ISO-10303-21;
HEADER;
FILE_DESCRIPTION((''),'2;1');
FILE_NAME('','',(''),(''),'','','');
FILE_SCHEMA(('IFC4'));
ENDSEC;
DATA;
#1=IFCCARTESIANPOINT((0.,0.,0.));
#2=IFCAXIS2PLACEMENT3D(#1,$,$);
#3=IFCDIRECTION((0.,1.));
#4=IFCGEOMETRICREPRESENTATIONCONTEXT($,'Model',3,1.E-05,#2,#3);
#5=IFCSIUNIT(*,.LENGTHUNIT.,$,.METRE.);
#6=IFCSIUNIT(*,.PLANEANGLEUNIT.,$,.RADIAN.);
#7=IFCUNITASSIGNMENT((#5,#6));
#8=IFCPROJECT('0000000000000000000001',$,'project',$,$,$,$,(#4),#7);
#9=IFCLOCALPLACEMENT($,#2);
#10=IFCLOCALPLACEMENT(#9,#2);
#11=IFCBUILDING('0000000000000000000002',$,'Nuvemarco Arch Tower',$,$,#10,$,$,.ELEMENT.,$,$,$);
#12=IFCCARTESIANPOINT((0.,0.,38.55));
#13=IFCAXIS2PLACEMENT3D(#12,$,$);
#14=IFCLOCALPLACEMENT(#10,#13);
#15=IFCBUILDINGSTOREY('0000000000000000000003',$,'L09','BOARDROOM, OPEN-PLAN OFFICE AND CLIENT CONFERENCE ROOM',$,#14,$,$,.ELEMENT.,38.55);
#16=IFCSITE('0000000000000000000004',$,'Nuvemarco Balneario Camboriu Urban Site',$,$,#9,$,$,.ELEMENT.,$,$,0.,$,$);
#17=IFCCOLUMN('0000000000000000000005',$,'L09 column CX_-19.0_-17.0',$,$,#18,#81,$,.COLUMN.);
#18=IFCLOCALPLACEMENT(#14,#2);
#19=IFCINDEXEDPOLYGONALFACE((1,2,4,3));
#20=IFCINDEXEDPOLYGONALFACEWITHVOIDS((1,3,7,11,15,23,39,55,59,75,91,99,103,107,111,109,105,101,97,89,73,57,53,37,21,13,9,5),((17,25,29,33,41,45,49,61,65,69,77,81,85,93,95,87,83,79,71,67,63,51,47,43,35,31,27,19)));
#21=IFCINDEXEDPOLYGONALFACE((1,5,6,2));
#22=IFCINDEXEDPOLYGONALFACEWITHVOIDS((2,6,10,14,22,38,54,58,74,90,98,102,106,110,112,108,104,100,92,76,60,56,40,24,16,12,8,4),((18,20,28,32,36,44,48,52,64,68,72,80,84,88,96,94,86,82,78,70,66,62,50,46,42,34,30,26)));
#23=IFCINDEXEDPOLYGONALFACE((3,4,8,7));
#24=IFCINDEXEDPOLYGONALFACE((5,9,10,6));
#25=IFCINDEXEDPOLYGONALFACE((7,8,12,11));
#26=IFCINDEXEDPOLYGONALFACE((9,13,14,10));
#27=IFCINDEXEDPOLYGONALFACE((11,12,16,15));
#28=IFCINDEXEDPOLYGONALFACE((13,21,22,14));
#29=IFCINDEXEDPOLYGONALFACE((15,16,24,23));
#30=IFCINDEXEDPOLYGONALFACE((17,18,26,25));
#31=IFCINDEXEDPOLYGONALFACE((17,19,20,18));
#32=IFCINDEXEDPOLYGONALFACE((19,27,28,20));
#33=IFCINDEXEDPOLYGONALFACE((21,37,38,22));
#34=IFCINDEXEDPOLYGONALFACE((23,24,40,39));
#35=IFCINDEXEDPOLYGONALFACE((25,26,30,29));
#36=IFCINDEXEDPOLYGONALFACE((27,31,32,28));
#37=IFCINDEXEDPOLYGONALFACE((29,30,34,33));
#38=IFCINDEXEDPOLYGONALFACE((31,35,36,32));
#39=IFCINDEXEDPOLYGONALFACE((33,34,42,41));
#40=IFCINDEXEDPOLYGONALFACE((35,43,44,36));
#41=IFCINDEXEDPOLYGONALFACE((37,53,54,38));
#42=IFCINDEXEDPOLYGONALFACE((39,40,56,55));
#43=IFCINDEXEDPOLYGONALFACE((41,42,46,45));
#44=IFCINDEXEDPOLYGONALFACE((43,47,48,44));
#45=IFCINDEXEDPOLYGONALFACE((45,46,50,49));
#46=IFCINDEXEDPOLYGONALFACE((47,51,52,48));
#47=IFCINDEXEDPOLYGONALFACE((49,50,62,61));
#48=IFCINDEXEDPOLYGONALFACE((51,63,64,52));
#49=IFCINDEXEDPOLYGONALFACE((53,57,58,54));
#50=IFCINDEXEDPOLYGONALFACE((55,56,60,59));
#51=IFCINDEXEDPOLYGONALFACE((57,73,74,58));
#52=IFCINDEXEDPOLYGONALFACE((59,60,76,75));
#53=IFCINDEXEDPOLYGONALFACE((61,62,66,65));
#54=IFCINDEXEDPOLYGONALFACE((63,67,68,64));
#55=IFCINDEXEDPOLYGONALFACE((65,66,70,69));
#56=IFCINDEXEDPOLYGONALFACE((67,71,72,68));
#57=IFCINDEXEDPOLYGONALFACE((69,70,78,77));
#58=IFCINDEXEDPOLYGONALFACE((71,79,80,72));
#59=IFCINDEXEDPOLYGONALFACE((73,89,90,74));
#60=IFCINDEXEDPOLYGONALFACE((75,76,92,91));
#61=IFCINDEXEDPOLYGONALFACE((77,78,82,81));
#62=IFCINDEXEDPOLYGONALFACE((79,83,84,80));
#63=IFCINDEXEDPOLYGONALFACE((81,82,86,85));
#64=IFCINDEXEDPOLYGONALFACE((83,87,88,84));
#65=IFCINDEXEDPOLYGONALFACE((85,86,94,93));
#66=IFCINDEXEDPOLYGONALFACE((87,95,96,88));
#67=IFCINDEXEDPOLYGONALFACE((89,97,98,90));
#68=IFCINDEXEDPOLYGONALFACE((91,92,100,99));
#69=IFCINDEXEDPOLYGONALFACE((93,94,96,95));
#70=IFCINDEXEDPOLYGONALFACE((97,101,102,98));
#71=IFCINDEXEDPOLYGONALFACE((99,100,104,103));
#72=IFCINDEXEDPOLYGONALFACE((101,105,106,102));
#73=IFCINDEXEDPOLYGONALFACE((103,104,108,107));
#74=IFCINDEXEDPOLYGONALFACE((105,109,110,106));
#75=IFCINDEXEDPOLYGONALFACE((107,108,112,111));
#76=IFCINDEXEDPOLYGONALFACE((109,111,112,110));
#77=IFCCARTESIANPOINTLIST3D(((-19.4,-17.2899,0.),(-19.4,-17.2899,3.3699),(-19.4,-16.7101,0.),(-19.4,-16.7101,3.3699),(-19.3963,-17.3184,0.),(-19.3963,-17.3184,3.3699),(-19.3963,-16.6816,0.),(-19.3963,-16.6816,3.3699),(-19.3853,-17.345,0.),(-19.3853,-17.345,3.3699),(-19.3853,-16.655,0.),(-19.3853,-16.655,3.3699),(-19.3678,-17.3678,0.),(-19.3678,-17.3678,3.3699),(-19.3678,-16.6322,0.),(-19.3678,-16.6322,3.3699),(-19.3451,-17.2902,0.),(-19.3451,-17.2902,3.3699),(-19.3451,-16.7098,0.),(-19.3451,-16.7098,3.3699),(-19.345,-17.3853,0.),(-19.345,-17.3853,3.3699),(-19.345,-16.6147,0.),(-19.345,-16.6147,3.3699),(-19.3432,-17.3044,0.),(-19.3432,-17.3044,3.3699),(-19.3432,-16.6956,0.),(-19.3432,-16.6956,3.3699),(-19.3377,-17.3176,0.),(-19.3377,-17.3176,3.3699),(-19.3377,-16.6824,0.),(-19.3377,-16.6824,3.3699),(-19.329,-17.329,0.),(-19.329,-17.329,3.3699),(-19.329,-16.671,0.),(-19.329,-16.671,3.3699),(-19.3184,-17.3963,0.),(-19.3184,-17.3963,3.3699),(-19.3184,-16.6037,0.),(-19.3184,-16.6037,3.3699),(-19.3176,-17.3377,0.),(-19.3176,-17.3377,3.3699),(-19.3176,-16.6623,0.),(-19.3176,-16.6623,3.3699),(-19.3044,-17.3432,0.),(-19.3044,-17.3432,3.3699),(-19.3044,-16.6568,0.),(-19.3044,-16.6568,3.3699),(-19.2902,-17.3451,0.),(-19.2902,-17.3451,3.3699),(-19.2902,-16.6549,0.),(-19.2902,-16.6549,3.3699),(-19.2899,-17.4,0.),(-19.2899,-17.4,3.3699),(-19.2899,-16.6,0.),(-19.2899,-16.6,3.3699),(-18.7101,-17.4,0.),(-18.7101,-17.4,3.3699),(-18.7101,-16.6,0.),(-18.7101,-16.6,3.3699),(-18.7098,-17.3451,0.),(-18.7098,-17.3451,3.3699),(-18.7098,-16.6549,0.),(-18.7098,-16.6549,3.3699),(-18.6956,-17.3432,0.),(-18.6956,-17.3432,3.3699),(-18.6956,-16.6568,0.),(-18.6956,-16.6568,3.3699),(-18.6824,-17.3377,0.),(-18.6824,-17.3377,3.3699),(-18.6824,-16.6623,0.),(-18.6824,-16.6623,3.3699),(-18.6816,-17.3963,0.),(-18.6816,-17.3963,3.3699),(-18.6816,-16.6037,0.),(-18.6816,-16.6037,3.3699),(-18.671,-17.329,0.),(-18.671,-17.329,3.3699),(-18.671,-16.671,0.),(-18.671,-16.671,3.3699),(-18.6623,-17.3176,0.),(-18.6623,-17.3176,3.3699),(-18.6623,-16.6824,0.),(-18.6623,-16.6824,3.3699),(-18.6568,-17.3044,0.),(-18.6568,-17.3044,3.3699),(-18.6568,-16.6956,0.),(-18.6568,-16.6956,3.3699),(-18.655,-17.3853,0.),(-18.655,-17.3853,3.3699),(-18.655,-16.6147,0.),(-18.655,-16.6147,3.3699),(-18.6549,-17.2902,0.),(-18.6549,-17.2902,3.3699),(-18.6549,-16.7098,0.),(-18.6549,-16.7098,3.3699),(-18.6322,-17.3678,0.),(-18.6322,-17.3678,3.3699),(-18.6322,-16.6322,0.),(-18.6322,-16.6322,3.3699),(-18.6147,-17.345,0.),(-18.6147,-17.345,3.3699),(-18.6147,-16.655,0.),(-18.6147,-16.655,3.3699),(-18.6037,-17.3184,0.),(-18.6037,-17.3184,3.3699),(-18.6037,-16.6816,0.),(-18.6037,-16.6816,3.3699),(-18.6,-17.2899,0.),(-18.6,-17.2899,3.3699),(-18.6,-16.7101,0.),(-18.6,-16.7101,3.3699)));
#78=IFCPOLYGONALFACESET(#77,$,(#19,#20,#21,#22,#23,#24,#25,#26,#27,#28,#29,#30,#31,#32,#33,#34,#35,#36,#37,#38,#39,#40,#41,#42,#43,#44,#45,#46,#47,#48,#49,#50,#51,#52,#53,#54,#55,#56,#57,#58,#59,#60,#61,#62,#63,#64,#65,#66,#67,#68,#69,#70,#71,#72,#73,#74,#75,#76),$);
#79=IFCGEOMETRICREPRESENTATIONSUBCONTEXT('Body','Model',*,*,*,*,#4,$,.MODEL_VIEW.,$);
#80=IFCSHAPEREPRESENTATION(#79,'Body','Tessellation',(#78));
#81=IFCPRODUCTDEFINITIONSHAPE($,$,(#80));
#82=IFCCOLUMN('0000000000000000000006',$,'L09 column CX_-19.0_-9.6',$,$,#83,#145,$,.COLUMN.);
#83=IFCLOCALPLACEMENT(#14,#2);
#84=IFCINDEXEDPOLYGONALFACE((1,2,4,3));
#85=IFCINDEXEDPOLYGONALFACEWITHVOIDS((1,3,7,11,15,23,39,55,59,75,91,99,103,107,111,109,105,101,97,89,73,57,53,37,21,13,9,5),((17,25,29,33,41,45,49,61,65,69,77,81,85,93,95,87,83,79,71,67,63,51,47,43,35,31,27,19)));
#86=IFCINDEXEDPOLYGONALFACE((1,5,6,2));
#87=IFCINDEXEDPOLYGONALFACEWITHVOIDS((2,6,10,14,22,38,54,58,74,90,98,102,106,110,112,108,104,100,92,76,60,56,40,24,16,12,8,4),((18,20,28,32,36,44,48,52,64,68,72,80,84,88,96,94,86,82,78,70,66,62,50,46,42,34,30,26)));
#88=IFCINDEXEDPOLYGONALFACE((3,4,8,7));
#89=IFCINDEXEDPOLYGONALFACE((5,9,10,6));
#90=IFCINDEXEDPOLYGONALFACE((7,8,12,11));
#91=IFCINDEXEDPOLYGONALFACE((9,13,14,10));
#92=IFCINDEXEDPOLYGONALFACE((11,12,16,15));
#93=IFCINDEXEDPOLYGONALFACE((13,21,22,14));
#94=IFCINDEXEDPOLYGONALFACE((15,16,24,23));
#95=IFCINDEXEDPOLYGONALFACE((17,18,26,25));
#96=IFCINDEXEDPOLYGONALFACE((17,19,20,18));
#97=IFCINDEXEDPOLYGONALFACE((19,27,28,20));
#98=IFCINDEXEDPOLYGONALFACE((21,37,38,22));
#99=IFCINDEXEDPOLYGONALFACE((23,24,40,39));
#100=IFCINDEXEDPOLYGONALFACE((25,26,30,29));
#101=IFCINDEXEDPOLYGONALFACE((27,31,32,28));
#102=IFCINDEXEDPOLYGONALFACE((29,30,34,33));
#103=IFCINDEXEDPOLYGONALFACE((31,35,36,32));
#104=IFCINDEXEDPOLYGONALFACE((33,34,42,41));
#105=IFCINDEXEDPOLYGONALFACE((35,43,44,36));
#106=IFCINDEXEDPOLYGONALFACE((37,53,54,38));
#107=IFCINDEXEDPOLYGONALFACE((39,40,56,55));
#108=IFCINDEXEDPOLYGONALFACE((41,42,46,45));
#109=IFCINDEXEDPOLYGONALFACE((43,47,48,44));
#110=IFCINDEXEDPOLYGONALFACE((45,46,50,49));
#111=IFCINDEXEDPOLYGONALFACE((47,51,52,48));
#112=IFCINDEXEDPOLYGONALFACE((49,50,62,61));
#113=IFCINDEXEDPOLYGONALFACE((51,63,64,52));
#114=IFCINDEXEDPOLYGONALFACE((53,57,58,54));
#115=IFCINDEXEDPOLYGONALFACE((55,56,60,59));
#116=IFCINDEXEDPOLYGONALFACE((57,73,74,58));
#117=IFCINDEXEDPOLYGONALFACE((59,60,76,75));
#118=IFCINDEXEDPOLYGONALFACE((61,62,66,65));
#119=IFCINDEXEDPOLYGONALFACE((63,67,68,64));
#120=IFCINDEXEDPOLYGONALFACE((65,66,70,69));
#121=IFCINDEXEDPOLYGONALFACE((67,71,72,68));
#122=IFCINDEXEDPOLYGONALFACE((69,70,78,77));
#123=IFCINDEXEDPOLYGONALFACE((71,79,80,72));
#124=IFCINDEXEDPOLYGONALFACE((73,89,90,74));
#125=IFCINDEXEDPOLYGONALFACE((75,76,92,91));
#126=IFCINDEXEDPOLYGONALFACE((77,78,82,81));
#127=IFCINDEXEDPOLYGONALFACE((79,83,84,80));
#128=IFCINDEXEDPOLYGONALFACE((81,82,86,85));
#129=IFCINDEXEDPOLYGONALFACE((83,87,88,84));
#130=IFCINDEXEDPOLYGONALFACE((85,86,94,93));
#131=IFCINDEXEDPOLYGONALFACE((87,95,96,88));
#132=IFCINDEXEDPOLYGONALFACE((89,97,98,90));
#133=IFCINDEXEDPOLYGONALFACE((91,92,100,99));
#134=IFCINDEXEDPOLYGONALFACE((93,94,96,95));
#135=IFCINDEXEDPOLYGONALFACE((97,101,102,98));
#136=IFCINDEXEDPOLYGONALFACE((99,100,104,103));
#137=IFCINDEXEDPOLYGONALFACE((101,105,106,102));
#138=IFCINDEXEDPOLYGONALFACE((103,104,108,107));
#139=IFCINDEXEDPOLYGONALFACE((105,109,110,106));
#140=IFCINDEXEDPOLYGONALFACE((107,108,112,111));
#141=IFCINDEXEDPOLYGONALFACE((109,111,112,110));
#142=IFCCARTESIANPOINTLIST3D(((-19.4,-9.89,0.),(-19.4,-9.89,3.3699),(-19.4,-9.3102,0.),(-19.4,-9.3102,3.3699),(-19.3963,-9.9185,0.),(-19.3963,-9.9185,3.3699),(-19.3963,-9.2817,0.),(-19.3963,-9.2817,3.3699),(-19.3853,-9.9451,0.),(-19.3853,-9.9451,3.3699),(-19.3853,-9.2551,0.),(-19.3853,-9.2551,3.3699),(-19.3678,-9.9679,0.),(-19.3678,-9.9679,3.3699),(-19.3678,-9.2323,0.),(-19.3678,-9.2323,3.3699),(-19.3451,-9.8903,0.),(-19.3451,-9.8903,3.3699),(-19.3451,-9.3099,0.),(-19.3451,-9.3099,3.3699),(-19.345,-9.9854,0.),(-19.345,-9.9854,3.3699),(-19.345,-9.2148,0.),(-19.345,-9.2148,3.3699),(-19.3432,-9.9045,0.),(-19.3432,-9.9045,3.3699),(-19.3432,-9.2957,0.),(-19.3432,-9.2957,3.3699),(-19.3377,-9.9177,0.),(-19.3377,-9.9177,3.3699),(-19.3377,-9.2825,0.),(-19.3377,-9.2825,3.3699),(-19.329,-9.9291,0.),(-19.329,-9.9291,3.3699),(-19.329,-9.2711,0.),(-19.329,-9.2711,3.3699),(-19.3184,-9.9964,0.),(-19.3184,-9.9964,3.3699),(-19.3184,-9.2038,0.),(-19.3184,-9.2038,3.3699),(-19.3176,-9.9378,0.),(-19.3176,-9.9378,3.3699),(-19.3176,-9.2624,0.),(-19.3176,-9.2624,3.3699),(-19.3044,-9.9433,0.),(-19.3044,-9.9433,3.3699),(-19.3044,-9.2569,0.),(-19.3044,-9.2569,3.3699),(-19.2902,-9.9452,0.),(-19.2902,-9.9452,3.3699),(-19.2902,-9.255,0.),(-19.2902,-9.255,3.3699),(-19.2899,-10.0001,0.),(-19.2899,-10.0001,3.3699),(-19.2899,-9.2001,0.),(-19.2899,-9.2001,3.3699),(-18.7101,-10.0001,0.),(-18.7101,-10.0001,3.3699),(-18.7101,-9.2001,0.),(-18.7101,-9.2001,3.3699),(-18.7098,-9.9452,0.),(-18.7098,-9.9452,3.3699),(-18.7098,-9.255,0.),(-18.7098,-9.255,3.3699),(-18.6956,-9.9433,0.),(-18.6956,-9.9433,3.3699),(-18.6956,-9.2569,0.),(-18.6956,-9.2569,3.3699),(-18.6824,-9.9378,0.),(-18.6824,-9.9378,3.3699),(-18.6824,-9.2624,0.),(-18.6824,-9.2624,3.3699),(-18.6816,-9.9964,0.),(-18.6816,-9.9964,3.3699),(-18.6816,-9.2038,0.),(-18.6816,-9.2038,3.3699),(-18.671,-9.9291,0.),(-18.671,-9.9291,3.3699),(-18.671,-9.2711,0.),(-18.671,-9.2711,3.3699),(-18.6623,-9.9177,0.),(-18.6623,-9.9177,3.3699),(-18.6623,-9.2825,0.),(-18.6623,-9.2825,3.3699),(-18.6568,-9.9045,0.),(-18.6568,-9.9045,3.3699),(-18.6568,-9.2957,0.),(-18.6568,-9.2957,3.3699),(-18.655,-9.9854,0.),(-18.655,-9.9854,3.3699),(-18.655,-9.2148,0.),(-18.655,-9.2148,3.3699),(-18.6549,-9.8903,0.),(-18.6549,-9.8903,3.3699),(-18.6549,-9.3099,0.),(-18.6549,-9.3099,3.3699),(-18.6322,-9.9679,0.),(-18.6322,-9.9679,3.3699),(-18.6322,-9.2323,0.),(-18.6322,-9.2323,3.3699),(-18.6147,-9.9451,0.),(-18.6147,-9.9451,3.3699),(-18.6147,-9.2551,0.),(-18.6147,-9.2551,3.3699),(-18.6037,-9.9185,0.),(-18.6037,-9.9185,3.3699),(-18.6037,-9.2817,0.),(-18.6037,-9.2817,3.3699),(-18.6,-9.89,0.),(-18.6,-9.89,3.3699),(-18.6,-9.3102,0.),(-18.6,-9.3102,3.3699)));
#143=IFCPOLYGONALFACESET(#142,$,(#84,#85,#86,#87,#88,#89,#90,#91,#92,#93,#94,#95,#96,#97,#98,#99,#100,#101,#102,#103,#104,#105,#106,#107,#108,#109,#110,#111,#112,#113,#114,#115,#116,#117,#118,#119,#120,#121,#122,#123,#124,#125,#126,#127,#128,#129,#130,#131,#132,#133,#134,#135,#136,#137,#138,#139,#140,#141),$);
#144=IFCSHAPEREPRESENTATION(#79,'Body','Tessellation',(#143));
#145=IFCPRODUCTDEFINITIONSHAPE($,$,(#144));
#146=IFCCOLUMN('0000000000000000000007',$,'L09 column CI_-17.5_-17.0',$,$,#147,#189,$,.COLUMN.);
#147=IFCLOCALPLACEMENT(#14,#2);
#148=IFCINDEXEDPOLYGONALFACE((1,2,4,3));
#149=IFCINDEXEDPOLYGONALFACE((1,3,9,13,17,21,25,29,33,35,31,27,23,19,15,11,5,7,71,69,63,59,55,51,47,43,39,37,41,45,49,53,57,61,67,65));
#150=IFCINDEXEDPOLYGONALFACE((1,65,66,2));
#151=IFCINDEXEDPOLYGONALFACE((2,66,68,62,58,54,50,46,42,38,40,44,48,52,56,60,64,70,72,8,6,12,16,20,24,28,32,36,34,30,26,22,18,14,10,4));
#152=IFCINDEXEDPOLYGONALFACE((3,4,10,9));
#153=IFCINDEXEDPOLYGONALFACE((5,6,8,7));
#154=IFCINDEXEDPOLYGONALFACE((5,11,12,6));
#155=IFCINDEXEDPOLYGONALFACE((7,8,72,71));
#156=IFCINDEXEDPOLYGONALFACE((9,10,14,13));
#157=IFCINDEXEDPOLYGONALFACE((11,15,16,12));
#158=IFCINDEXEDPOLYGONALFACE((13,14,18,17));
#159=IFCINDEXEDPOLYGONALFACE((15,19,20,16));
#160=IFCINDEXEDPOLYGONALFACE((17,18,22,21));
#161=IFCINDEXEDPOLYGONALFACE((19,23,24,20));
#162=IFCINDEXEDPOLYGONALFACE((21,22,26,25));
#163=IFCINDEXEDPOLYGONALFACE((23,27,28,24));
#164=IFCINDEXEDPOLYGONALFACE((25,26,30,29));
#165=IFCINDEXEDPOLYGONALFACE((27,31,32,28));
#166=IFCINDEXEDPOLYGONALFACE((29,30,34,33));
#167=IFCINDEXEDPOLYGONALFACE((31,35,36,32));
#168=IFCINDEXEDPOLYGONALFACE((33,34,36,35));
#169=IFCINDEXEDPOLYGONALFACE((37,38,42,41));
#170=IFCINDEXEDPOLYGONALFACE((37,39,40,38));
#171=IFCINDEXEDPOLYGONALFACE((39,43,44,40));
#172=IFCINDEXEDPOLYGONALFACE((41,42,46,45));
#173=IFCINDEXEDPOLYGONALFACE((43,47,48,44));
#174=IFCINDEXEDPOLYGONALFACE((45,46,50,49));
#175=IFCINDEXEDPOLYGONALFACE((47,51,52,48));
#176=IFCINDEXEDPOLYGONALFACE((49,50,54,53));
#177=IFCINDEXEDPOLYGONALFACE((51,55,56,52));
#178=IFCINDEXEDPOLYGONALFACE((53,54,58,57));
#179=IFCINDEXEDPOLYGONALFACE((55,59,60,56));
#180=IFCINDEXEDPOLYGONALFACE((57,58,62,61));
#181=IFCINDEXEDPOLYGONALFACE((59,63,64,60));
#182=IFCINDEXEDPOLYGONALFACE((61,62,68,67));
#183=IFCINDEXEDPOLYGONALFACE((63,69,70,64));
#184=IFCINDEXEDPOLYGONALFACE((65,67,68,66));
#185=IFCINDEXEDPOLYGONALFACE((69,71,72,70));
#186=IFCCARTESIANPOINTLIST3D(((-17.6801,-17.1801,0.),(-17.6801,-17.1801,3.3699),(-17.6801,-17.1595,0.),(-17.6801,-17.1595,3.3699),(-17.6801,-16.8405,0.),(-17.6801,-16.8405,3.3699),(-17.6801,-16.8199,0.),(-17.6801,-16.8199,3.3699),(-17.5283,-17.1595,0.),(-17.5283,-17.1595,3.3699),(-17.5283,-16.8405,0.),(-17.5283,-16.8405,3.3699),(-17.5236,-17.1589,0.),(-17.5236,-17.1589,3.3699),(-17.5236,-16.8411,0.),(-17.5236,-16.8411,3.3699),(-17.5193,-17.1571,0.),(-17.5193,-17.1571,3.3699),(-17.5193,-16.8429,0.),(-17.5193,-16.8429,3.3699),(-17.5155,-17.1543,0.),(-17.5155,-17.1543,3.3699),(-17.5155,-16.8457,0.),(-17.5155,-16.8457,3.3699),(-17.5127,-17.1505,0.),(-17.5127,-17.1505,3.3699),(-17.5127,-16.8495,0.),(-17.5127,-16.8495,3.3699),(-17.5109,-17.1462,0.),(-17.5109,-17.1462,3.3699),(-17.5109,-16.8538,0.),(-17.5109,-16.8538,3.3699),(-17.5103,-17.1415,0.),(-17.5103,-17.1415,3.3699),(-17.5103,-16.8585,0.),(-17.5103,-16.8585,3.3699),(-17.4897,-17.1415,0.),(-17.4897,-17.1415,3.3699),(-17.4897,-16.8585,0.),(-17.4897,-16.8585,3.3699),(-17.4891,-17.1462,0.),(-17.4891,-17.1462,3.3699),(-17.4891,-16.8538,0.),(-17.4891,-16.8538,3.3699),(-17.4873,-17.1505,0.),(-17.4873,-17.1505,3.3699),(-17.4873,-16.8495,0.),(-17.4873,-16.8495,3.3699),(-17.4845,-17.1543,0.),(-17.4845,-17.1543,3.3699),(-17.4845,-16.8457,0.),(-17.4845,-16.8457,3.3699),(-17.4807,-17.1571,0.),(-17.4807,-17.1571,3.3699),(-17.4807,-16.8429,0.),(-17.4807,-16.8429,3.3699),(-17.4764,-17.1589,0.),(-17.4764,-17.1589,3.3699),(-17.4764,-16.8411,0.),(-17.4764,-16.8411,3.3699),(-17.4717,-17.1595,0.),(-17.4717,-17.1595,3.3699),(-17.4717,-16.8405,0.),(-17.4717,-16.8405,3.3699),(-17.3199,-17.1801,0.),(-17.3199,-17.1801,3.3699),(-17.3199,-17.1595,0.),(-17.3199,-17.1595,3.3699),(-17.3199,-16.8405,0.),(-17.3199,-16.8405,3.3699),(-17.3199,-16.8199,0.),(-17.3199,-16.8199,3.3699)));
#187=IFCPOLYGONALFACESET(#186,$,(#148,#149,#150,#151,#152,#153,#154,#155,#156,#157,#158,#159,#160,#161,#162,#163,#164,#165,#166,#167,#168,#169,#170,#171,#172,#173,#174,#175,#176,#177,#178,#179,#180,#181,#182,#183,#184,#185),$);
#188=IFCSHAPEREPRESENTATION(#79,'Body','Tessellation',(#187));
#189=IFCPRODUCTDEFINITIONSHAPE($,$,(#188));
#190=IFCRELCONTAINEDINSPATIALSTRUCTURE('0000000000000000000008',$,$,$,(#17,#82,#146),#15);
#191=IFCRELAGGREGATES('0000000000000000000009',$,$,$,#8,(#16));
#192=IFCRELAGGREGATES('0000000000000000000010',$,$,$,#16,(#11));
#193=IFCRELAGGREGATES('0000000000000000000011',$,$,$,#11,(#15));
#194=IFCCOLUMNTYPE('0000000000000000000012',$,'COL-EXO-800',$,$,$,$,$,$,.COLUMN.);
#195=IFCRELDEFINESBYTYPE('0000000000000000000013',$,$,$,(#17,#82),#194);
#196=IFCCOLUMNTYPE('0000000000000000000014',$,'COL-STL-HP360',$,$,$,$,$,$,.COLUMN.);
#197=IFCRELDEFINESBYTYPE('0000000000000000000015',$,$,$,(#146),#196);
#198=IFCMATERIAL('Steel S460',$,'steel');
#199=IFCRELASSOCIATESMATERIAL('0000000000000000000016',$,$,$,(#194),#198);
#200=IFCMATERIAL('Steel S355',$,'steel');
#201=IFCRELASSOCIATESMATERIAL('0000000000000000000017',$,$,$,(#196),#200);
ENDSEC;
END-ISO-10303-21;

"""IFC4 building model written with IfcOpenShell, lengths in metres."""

from ifc_helpers import new_model, si_unit, direction, frame, origin, origin_2d, place, context, subcontext, project, spatial, hollow_rectangle, i_section, extrude, material, material_profile, profile_set, type_object, element, save


model = new_model("IFC4")

# Units and contexts
model_context = context("Model", 3, precision=1e-05, world=origin(), true_north=direction((0.0, 1.0)))
body_context = subcontext(model_context, "Body", "Model", "MODEL_VIEW")
ifc_project = project(units=[si_unit("LENGTHUNIT", "METRE"), si_unit("PLANEANGLEUNIT", "RADIAN")], contexts=[model_context])

# Site, building, storey
site_placement = place(None, origin())
site = spatial("IfcSite", under=ifc_project, at=site_placement, Name="Nuvemarco Balneario Camboriu Urban Site", CompositionType="ELEMENT", RefElevation=0.0)
building_placement = place(site_placement, origin())
building = spatial("IfcBuilding", under=site, at=building_placement, Name="Nuvemarco Arch Tower", CompositionType="ELEMENT")
storey_placement = place(building_placement, frame((0.0, 0.0, 38.55)))
storey = spatial("IfcBuildingStorey", under=building, at=storey_placement, Name="L09", Description="BOARDROOM, OPEN-PLAN OFFICE AND CLIENT CONFERENCE ROOM", CompositionType="ELEMENT", Elevation=38.55)

# Columns
ifc_material_1 = material(Name="Steel S460", Category="steel")
ifc_material_profile_1 = material_profile(ifc_material_1, hollow_rectangle(XDim=0.8, YDim=0.8, WallThickness=0.0549, InnerFilletRadius=0.0549, OuterFilletRadius=0.1101, at=origin_2d()), Name="SHS800x800x55")
ifc_profile_set_1 = profile_set([ifc_material_profile_1], Name="Steel S460")
column_type_1 = type_object("IfcColumnType", Name="COL-EXO-800", PredefinedType="COLUMN", material=ifc_profile_set_1)
for number, where, z_axis, x_axis, name in (
    (1, (-19.0, -17.0, 0.0), (0.0, 0.0, 1.0), (1.0, 0.0, 0.0), "L09 column CX_-19.0_-17.0"),
    (2, (-19.0, -9.6001, 0.0), (0.0, 0.0, 1.0), (1.0, 0.0, 0.0), "L09 column CX_-19.0_-9.6"),
):
    element("IfcColumn", number, at=place(storey_placement, frame(where, z_axis=z_axis, x_axis=x_axis)), inside=storey, type_object=column_type_1, Name=name, PredefinedType="COLUMN", context=body_context, shape_type="SweptSolid", body=[
        extrude(hollow_rectangle(XDim=0.8, YDim=0.8, WallThickness=0.0549, InnerFilletRadius=0.0549, OuterFilletRadius=0.1101, at=origin_2d()), origin(), (0.0, 0.0, 1.0), 3.3699),
    ])
ifc_material_2 = material(Name="Steel S355", Category="steel")
ifc_material_profile_2 = material_profile(ifc_material_2, i_section(OverallWidth=0.3601, OverallDepth=0.3601, WebThickness=0.0205, FlangeThickness=0.0205, FilletRadius=0.0181, at=origin_2d()), Name="HP360x174")
ifc_profile_set_2 = profile_set([ifc_material_profile_2], Name="Steel S355")
column_type_2 = type_object("IfcColumnType", Name="COL-STL-HP360", PredefinedType="COLUMN", material=ifc_profile_set_2)
column_placement = place(storey_placement, frame((-17.5, -17.0, 0.0), z_axis=(0.0, 0.0, 1.0), x_axis=(1.0, 0.0, 0.0)))
element("IfcColumn", 3, at=column_placement, inside=storey, type_object=column_type_2, Name="L09 column CI_-17.5_-17.0", PredefinedType="COLUMN", context=body_context, shape_type="SweptSolid", body=[
    extrude(i_section(OverallWidth=0.3601, OverallDepth=0.3601, WebThickness=0.0205, FlangeThickness=0.0205, FilletRadius=0.0181, at=origin_2d()), origin(), (0.0, 0.0, 1.0), 3.3699),
])

save(model, "model.ifc")
